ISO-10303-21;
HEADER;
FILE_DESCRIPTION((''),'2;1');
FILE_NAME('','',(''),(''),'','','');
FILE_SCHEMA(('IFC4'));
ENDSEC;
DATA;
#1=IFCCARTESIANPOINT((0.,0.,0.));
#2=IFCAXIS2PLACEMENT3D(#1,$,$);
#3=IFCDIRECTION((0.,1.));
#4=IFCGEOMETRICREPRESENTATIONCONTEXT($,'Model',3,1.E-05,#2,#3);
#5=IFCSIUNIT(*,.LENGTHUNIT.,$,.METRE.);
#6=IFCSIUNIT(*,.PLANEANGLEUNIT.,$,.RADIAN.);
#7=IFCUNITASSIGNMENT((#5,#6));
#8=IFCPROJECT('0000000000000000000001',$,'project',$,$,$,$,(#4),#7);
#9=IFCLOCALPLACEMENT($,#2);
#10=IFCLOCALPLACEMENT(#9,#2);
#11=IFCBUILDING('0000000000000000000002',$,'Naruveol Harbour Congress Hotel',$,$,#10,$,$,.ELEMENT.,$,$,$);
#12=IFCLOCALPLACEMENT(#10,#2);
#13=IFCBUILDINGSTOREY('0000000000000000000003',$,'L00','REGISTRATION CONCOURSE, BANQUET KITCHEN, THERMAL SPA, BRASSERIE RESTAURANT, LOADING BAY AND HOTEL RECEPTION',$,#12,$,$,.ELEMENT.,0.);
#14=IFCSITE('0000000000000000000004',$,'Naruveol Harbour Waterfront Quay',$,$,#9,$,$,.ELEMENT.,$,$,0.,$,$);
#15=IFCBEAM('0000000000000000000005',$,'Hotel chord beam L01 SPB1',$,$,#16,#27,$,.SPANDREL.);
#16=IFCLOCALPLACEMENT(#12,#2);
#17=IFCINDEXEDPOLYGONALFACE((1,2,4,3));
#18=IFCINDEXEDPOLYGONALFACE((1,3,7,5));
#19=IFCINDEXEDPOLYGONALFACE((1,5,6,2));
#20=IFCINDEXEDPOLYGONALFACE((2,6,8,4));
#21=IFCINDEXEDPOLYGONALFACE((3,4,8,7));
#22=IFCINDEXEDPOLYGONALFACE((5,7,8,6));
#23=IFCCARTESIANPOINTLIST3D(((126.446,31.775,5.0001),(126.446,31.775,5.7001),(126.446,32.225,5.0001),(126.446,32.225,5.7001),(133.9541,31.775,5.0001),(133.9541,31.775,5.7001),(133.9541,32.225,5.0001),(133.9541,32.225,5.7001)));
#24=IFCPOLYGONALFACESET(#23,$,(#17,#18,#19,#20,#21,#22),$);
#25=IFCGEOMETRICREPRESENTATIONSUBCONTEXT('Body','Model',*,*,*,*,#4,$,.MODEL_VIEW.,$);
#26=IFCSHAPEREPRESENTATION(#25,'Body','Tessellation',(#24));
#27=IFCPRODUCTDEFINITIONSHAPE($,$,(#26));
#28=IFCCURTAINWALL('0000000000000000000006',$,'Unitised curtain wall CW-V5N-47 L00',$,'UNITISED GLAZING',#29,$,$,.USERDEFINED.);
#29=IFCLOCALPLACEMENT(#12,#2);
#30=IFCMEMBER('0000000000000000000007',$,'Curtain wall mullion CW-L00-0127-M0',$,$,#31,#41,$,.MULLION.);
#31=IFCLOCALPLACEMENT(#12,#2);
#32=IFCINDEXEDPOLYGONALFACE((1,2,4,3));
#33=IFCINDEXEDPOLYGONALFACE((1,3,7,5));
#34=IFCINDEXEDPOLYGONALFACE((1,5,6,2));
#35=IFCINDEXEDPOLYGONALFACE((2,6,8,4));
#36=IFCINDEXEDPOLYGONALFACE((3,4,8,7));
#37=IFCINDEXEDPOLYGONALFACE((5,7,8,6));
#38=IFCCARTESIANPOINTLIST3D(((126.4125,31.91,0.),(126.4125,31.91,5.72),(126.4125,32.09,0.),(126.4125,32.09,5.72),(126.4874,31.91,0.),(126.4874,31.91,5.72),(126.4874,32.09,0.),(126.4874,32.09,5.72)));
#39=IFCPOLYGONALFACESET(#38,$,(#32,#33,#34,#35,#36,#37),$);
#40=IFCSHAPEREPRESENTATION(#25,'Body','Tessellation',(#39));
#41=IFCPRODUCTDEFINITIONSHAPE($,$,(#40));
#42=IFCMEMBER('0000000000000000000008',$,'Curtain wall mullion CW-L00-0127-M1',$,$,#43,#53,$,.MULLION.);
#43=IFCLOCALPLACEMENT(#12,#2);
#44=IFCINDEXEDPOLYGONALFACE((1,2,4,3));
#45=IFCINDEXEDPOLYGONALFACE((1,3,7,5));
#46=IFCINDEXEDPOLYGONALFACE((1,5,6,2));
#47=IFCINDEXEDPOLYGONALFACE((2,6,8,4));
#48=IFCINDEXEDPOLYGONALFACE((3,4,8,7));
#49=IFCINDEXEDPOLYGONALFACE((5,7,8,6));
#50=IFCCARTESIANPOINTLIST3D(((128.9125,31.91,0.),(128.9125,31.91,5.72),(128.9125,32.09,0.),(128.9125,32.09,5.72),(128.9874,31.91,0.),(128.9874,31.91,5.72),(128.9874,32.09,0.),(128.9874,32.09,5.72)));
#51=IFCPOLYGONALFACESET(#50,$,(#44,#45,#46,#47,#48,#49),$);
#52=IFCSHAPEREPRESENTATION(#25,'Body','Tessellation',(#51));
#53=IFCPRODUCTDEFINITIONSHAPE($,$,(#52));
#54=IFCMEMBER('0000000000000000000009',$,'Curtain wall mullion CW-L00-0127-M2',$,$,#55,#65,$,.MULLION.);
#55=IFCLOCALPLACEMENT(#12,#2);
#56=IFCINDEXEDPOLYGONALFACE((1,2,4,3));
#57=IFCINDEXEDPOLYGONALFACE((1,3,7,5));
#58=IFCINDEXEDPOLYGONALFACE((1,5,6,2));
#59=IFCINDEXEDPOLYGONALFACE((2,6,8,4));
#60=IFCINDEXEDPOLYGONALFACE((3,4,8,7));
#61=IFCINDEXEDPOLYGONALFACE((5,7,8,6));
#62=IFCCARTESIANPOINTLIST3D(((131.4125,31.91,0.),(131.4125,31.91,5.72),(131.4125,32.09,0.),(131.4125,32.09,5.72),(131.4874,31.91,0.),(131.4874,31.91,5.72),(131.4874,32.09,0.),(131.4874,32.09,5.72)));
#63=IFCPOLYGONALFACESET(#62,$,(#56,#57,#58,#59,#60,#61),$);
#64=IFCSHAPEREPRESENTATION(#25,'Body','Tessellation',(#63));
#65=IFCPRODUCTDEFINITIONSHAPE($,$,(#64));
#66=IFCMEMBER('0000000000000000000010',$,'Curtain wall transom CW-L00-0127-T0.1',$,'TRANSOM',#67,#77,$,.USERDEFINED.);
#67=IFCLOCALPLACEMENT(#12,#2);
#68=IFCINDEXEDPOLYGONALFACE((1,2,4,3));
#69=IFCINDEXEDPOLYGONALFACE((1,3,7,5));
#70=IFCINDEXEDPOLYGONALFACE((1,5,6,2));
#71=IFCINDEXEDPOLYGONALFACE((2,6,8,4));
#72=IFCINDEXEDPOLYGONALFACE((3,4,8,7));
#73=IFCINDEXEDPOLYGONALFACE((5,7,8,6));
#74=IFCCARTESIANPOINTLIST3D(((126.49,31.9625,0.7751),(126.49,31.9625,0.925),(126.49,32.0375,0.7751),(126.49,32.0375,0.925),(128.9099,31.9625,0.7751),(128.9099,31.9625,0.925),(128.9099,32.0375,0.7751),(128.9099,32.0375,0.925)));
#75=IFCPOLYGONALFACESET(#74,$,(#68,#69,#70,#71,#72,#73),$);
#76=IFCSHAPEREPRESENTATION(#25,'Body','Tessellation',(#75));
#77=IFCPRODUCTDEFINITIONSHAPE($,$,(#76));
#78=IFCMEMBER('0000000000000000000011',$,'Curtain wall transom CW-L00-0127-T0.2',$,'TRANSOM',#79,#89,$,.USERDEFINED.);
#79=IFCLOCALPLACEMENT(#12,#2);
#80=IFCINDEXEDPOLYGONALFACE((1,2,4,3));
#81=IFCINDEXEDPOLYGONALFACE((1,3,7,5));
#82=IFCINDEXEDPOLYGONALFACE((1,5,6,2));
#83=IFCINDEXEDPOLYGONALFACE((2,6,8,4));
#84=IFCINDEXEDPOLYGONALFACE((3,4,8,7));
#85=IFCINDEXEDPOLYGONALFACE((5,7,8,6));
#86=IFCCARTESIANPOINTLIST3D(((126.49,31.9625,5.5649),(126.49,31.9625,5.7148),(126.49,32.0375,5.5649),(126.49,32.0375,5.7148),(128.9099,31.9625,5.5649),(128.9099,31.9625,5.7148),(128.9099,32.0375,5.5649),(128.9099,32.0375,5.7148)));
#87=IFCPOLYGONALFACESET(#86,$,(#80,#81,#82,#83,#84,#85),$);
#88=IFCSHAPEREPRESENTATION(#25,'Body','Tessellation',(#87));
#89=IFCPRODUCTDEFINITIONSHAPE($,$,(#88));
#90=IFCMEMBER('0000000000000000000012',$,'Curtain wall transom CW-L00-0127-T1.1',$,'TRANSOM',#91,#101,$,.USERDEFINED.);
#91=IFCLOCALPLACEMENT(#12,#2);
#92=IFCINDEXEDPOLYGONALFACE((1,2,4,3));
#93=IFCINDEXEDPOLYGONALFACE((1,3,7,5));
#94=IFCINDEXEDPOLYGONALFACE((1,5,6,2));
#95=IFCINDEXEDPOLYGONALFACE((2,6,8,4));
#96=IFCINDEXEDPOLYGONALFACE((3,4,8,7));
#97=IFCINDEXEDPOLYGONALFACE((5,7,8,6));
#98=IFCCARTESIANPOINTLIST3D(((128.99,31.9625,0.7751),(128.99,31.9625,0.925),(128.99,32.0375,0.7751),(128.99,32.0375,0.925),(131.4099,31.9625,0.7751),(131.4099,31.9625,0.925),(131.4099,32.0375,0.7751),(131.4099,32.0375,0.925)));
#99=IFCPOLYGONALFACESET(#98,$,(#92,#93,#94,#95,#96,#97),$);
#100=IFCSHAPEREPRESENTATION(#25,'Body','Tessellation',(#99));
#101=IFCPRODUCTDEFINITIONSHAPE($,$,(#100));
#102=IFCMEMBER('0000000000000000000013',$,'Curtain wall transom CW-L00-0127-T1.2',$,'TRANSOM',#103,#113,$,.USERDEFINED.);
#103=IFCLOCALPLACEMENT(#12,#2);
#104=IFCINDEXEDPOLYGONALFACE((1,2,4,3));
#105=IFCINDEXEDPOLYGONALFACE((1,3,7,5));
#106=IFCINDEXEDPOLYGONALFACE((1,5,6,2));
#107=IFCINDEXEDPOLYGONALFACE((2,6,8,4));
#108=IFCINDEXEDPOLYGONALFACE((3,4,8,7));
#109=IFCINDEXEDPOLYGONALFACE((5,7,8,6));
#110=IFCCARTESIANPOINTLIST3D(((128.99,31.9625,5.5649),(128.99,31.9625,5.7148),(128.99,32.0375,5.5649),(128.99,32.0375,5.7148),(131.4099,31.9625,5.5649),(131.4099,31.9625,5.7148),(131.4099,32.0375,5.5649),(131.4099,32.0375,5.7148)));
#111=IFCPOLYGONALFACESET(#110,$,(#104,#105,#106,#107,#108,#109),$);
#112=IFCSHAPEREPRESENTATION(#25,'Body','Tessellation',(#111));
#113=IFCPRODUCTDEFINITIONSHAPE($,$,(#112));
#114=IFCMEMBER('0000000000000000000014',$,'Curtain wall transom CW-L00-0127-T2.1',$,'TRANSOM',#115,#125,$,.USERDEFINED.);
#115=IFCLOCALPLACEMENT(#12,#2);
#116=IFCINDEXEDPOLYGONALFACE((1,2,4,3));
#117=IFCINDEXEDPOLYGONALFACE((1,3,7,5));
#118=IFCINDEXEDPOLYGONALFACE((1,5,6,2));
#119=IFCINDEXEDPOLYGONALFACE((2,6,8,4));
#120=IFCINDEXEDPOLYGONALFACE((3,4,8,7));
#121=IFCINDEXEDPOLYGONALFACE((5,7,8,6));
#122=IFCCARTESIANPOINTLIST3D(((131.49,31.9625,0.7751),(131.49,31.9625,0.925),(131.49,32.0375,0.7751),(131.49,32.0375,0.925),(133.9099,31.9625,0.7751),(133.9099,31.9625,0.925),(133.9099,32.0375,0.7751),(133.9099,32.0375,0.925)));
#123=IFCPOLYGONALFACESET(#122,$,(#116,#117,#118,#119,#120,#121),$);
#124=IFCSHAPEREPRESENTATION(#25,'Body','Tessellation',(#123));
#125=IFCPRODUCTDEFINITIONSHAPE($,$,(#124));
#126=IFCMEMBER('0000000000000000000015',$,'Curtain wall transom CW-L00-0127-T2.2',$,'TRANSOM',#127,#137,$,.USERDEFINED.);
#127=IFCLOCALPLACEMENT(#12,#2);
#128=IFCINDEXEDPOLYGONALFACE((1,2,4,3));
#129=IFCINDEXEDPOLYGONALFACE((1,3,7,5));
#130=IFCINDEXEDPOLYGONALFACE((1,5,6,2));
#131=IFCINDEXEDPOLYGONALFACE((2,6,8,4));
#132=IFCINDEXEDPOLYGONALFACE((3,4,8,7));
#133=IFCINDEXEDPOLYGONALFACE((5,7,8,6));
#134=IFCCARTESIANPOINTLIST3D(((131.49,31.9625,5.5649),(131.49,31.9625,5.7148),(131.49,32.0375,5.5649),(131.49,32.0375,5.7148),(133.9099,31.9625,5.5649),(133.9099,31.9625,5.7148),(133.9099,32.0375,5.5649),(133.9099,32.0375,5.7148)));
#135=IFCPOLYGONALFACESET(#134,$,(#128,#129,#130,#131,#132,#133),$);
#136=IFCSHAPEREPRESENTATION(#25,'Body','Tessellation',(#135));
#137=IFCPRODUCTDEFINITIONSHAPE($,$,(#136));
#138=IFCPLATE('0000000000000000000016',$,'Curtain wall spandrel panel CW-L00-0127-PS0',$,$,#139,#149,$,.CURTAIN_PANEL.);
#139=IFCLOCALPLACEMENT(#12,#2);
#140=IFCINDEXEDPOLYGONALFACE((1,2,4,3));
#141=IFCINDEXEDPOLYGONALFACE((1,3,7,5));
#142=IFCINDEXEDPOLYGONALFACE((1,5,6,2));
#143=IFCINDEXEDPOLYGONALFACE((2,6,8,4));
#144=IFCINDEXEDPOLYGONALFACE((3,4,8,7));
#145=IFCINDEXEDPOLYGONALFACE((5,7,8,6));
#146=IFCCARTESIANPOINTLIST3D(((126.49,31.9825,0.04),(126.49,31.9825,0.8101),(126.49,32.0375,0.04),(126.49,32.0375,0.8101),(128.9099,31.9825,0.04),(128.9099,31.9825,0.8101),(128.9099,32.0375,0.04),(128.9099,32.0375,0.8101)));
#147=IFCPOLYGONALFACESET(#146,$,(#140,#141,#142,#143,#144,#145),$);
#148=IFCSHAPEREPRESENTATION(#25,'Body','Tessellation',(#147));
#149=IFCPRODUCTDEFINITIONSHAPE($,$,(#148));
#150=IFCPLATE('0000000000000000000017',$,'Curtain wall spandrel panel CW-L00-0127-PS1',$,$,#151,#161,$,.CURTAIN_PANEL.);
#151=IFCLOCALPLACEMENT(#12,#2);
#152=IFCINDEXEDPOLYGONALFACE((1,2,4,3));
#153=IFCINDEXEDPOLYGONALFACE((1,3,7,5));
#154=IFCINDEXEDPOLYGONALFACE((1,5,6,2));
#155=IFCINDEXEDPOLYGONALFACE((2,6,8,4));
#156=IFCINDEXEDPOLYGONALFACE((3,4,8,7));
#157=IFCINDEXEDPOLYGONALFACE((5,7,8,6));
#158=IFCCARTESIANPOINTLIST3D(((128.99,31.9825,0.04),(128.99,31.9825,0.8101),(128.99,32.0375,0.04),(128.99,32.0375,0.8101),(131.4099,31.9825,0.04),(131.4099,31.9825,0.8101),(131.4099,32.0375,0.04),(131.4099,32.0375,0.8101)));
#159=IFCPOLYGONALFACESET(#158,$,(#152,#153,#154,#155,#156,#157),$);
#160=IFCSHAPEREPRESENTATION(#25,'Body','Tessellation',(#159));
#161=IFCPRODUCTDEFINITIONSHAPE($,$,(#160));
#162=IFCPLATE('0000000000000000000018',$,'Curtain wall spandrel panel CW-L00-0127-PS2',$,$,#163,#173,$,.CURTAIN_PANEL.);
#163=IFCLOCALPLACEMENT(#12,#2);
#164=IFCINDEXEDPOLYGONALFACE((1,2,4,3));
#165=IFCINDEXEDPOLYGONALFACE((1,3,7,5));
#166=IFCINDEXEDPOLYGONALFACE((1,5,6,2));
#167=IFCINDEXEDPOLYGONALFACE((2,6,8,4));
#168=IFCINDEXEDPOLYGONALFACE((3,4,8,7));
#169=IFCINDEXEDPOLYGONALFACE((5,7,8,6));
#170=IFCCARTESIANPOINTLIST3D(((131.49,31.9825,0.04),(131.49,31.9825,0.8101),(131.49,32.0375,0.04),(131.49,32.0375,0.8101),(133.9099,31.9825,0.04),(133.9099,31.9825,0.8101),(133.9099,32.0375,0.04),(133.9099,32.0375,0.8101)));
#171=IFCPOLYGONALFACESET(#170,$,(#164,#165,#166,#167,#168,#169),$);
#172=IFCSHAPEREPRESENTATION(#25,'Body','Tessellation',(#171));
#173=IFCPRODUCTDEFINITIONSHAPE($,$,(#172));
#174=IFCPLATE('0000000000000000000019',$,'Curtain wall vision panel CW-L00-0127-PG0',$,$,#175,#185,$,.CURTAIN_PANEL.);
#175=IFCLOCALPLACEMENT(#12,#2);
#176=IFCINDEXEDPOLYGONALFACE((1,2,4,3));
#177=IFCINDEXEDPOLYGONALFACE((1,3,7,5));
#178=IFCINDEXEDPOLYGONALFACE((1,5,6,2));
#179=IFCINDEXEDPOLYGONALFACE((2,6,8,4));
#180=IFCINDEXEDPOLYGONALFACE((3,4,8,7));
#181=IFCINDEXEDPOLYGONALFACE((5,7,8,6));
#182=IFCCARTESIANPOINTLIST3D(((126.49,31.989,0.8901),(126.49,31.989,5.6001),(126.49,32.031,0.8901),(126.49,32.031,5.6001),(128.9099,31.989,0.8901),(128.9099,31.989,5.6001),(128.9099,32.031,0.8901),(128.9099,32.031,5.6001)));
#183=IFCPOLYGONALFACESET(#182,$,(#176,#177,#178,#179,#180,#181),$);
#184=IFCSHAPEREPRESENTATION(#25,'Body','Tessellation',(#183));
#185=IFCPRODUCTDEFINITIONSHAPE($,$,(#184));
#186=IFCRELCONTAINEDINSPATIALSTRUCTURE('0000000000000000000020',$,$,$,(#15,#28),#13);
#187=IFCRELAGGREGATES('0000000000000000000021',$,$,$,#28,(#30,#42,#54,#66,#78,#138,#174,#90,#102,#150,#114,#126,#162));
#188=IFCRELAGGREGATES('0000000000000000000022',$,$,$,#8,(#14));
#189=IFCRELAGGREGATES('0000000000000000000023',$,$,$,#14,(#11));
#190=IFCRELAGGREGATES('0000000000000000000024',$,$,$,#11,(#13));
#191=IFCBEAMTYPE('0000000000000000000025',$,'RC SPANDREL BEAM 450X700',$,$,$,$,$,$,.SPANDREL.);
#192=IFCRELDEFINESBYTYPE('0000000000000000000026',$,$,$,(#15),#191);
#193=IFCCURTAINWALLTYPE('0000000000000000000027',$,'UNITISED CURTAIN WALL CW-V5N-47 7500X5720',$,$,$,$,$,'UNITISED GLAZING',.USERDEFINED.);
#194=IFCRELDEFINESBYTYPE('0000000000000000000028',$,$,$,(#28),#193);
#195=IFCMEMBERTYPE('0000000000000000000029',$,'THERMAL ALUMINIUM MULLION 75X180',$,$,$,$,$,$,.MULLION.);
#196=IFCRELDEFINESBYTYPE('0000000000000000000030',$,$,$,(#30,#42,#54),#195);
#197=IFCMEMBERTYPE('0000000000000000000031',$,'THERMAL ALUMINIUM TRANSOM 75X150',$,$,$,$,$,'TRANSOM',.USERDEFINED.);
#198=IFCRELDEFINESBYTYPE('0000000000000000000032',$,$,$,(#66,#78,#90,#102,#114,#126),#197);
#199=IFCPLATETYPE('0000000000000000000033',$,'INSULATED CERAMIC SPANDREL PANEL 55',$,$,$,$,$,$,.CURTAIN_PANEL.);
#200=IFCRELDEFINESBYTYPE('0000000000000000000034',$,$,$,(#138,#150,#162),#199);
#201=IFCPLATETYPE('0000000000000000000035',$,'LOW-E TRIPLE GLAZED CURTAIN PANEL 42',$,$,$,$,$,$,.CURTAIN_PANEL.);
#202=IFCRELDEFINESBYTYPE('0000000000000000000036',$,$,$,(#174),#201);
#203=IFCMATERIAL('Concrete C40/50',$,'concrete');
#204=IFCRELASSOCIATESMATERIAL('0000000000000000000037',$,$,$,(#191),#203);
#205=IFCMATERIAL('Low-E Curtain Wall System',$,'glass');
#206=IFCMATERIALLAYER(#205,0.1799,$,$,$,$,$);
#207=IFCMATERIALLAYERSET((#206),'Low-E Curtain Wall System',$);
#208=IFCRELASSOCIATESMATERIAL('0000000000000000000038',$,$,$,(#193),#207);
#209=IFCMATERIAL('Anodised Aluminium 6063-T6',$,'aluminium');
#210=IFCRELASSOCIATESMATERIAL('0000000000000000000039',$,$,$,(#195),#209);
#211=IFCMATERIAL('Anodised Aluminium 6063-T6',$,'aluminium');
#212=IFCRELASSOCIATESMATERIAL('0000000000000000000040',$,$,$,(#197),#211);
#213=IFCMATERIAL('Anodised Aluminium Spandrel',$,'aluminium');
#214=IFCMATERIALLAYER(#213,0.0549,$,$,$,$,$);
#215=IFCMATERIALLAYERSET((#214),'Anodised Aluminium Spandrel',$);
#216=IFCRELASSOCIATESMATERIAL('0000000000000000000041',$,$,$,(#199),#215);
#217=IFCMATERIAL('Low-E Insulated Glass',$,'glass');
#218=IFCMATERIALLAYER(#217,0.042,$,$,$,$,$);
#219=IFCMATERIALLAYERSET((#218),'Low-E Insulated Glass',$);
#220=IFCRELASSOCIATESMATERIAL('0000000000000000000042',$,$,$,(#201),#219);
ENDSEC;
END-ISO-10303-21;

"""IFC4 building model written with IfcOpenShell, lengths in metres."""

from ifc_helpers import new_model, si_unit, direction, frame, origin, origin_2d, place, context, subcontext, project, spatial, rectangle, extrude, material, layer, layer_set, material_profile, profile_set, type_object, element, aggregate, save


model = new_model("IFC4")

# Units and contexts
model_context = context("Model", 3, precision=1e-05, world=origin(), true_north=direction((0.0, 1.0)))
body_context = subcontext(model_context, "Body", "Model", "MODEL_VIEW")
ifc_project = project(units=[si_unit("LENGTHUNIT", "METRE"), si_unit("PLANEANGLEUNIT", "RADIAN")], contexts=[model_context])

# Site, building, storey
site_placement = place(None, origin())
site = spatial("IfcSite", under=ifc_project, at=site_placement, Name="Naruveol Harbour Waterfront Quay", CompositionType="ELEMENT", RefElevation=0.0)
building_placement = place(site_placement, origin())
building = spatial("IfcBuilding", under=site, at=building_placement, Name="Naruveol Harbour Congress Hotel", CompositionType="ELEMENT")
storey_placement = place(building_placement, origin())
storey = spatial("IfcBuildingStorey", under=building, at=storey_placement, Name="L00", Description="REGISTRATION CONCOURSE, BANQUET KITCHEN, THERMAL SPA, BRASSERIE RESTAURANT, LOADING BAY AND HOTEL RECEPTION", CompositionType="ELEMENT", Elevation=0.0)

# Beam
ifc_material_1 = material(Name="Concrete C40/50", Category="concrete")
ifc_material_profile_1 = material_profile(ifc_material_1, rectangle(XDim=0.45, YDim=0.7, at=origin_2d()), Name="RCB-450x700")
ifc_profile_set_1 = profile_set([ifc_material_profile_1], Name="Concrete C40/50")
beam_type_1 = type_object("IfcBeamType", Name="RC SPANDREL BEAM 450X700", PredefinedType="SPANDREL", material=ifc_profile_set_1)
beam_1_placement = place(storey_placement, frame((126.446, 32.0, 5.3501), z_axis=(1.0, 0.0, 0.0), x_axis=(0.0, 1.0, 0.0)))
element("IfcBeam", 1, at=beam_1_placement, inside=storey, type_object=beam_type_1, Name="Hotel chord beam L01 SPB1", PredefinedType="SPANDREL", context=body_context, shape_type="SweptSolid", body=[
    extrude(rectangle(XDim=0.45, YDim=0.7, at=origin_2d()), origin(), (0.0, 0.0, 1.0), 7.5081),
])

# Curtain wall, members, plates
ifc_material_2 = material(Name="Low-E Curtain Wall System", Category="glass")
ifc_layer_1 = layer(ifc_material_2, 0.1799)
ifc_layer_set_1 = layer_set([ifc_layer_1], Name="Low-E Curtain Wall System")
curtain_wall_type = type_object("IfcCurtainWallType", Name="UNITISED CURTAIN WALL CW-V5N-47 7500X5720", ElementType="UNITISED GLAZING", PredefinedType="USERDEFINED", material=ifc_layer_set_1)
curtain_wall_placement = place(storey_placement, origin())
curtain_wall = element("IfcCurtainWall", 2, at=curtain_wall_placement, inside=storey, type_object=curtain_wall_type, Name="Unitised curtain wall CW-V5N-47 L00", ObjectType="UNITISED GLAZING", PredefinedType="USERDEFINED")
ifc_material_3 = material(Name="Anodised Aluminium 6063-T6", Category="aluminium")
ifc_material_profile_2 = material_profile(ifc_material_3, rectangle(XDim=0.075, YDim=0.1799, at=origin_2d()), Name="ALU-75x180")
ifc_profile_set_2 = profile_set([ifc_material_profile_2], Name="Anodised Aluminium 6063-T6")
member_type_1 = type_object("IfcMemberType", Name="THERMAL ALUMINIUM MULLION 75X180", PredefinedType="MULLION", material=ifc_profile_set_2)
member_1_placement = place(storey_placement, frame((126.45, 32.0, 0.0), z_axis=(0.0, 0.0, 1.0), x_axis=(1.0, 0.0, 0.0)))
member_1 = element("IfcMember", 3, at=member_1_placement, type_object=member_type_1, Name="Curtain wall mullion CW-L00-0127-M0", PredefinedType="MULLION", context=body_context, shape_type="SweptSolid", body=[
    extrude(rectangle(XDim=0.075, YDim=0.1799, at=origin_2d()), origin(), (0.0, 0.0, 1.0), 5.72),
])
member_2_placement = place(storey_placement, frame((128.95, 32.0, 0.0), z_axis=(0.0, 0.0, 1.0), x_axis=(1.0, 0.0, 0.0)))
member_2 = element("IfcMember", 4, at=member_2_placement, type_object=member_type_1, Name="Curtain wall mullion CW-L00-0127-M1", PredefinedType="MULLION", context=body_context, shape_type="SweptSolid", body=[
    extrude(rectangle(XDim=0.075, YDim=0.1799, at=origin_2d()), origin(), (0.0, 0.0, 1.0), 5.72),
])
member_3_placement = place(storey_placement, frame((131.45, 32.0, 0.0), z_axis=(0.0, 0.0, 1.0), x_axis=(1.0, 0.0, 0.0)))
member_3 = element("IfcMember", 5, at=member_3_placement, type_object=member_type_1, Name="Curtain wall mullion CW-L00-0127-M2", PredefinedType="MULLION", context=body_context, shape_type="SweptSolid", body=[
    extrude(rectangle(XDim=0.075, YDim=0.1799, at=origin_2d()), origin(), (0.0, 0.0, 1.0), 5.72),
])
ifc_material_4 = material(Name="Anodised Aluminium 6063-T6", Category="aluminium")
ifc_material_profile_3 = material_profile(ifc_material_4, rectangle(XDim=0.075, YDim=0.1499, at=origin_2d()), Name="ALU-75x150")
ifc_profile_set_3 = profile_set([ifc_material_profile_3], Name="Anodised Aluminium 6063-T6")
member_type_2 = type_object("IfcMemberType", Name="THERMAL ALUMINIUM TRANSOM 75X150", ElementType="TRANSOM", PredefinedType="USERDEFINED", material=ifc_profile_set_3)
member_4_placement = place(storey_placement, frame((126.49, 32.0, 0.8501), z_axis=(1.0, 0.0, 0.0), x_axis=(0.0, 1.0, 0.0)))
member_4 = element("IfcMember", 6, at=member_4_placement, type_object=member_type_2, Name="Curtain wall transom CW-L00-0127-T0.1", ObjectType="TRANSOM", PredefinedType="USERDEFINED", context=body_context, shape_type="SweptSolid", body=[
    extrude(rectangle(XDim=0.075, YDim=0.1499, at=origin_2d()), origin(), (0.0, 0.0, 1.0), 2.4199),
])
member_5_placement = place(storey_placement, frame((126.49, 32.0, 5.6399), z_axis=(1.0, 0.0, 0.0), x_axis=(0.0, 1.0, 0.0)))
member_5 = element("IfcMember", 7, at=member_5_placement, type_object=member_type_2, Name="Curtain wall transom CW-L00-0127-T0.2", ObjectType="TRANSOM", PredefinedType="USERDEFINED", context=body_context, shape_type="SweptSolid", body=[
    extrude(rectangle(XDim=0.075, YDim=0.1499, at=origin_2d()), origin(), (0.0, 0.0, 1.0), 2.4199),
])
member_6_placement = place(storey_placement, frame((128.99, 32.0, 0.8501), z_axis=(1.0, 0.0, 0.0), x_axis=(0.0, 1.0, 0.0)))
member_6 = element("IfcMember", 8, at=member_6_placement, type_object=member_type_2, Name="Curtain wall transom CW-L00-0127-T1.1", ObjectType="TRANSOM", PredefinedType="USERDEFINED", context=body_context, shape_type="SweptSolid", body=[
    extrude(rectangle(XDim=0.075, YDim=0.1499, at=origin_2d()), origin(), (0.0, 0.0, 1.0), 2.4199),
])
member_7_placement = place(storey_placement, frame((128.99, 32.0, 5.6399), z_axis=(1.0, 0.0, 0.0), x_axis=(0.0, 1.0, 0.0)))
member_7 = element("IfcMember", 9, at=member_7_placement, type_object=member_type_2, Name="Curtain wall transom CW-L00-0127-T1.2", ObjectType="TRANSOM", PredefinedType="USERDEFINED", context=body_context, shape_type="SweptSolid", body=[
    extrude(rectangle(XDim=0.075, YDim=0.1499, at=origin_2d()), origin(), (0.0, 0.0, 1.0), 2.4199),
])
member_8_placement = place(storey_placement, frame((131.49, 32.0, 0.8501), z_axis=(1.0, 0.0, 0.0), x_axis=(0.0, 1.0, 0.0)))
member_8 = element("IfcMember", 10, at=member_8_placement, type_object=member_type_2, Name="Curtain wall transom CW-L00-0127-T2.1", ObjectType="TRANSOM", PredefinedType="USERDEFINED", context=body_context, shape_type="SweptSolid", body=[
    extrude(rectangle(XDim=0.075, YDim=0.1499, at=origin_2d()), origin(), (0.0, 0.0, 1.0), 2.4199),
])
member_9_placement = place(storey_placement, frame((131.49, 32.0, 5.6399), z_axis=(1.0, 0.0, 0.0), x_axis=(0.0, 1.0, 0.0)))
member_9 = element("IfcMember", 11, at=member_9_placement, type_object=member_type_2, Name="Curtain wall transom CW-L00-0127-T2.2", ObjectType="TRANSOM", PredefinedType="USERDEFINED", context=body_context, shape_type="SweptSolid", body=[
    extrude(rectangle(XDim=0.075, YDim=0.1499, at=origin_2d()), origin(), (0.0, 0.0, 1.0), 2.4199),
])
ifc_material_5 = material(Name="Anodised Aluminium Spandrel", Category="aluminium")
ifc_layer_2 = layer(ifc_material_5, 0.0549)
ifc_layer_set_2 = layer_set([ifc_layer_2], Name="Anodised Aluminium Spandrel")
plate_type_1 = type_object("IfcPlateType", Name="INSULATED CERAMIC SPANDREL PANEL 55", PredefinedType="CURTAIN_PANEL", material=ifc_layer_set_2)
plate_1_placement = place(storey_placement, frame((127.7, 32.01, 0.04), z_axis=(0.0, 0.0, 1.0), x_axis=(1.0, 0.0, 0.0)))
plate_1 = element("IfcPlate", 12, at=plate_1_placement, type_object=plate_type_1, Name="Curtain wall spandrel panel CW-L00-0127-PS0", PredefinedType="CURTAIN_PANEL", context=body_context, shape_type="SweptSolid", body=[
    extrude(rectangle(XDim=2.4199, YDim=0.0549, at=origin_2d()), origin(), (0.0, 0.0, 1.0), 0.77),
])
plate_2_placement = place(storey_placement, frame((130.2, 32.01, 0.04), z_axis=(0.0, 0.0, 1.0), x_axis=(1.0, 0.0, 0.0)))
plate_2 = element("IfcPlate", 13, at=plate_2_placement, type_object=plate_type_1, Name="Curtain wall spandrel panel CW-L00-0127-PS1", PredefinedType="CURTAIN_PANEL", context=body_context, shape_type="SweptSolid", body=[
    extrude(rectangle(XDim=2.4199, YDim=0.0549, at=origin_2d()), origin(), (0.0, 0.0, 1.0), 0.77),
])
plate_3_placement = place(storey_placement, frame((132.7, 32.01, 0.04), z_axis=(0.0, 0.0, 1.0), x_axis=(1.0, 0.0, 0.0)))
plate_3 = element("IfcPlate", 14, at=plate_3_placement, type_object=plate_type_1, Name="Curtain wall spandrel panel CW-L00-0127-PS2", PredefinedType="CURTAIN_PANEL", context=body_context, shape_type="SweptSolid", body=[
    extrude(rectangle(XDim=2.4199, YDim=0.0549, at=origin_2d()), origin(), (0.0, 0.0, 1.0), 0.77),
])
ifc_material_6 = material(Name="Low-E Insulated Glass", Category="glass")
ifc_layer_3 = layer(ifc_material_6, 0.042)
ifc_layer_set_3 = layer_set([ifc_layer_3], Name="Low-E Insulated Glass")
plate_type_2 = type_object("IfcPlateType", Name="LOW-E TRIPLE GLAZED CURTAIN PANEL 42", PredefinedType="CURTAIN_PANEL", material=ifc_layer_set_3)
plate_4_placement = place(storey_placement, frame((127.7, 32.01, 0.8901), z_axis=(0.0, 0.0, 1.0), x_axis=(1.0, 0.0, 0.0)))
plate_4 = element("IfcPlate", 15, at=plate_4_placement, type_object=plate_type_2, Name="Curtain wall vision panel CW-L00-0127-PG0", PredefinedType="CURTAIN_PANEL", context=body_context, shape_type="SweptSolid", body=[
    extrude(rectangle(XDim=2.4199, YDim=0.042, at=origin_2d()), origin(), (0.0, 0.0, 1.0), 4.71),
])
aggregate(curtain_wall, [member_1, member_2, member_3, member_4, member_5, plate_1, plate_4, member_6, member_7, plate_2, member_8, member_9, plate_3])

save(model, "model.ifc")
